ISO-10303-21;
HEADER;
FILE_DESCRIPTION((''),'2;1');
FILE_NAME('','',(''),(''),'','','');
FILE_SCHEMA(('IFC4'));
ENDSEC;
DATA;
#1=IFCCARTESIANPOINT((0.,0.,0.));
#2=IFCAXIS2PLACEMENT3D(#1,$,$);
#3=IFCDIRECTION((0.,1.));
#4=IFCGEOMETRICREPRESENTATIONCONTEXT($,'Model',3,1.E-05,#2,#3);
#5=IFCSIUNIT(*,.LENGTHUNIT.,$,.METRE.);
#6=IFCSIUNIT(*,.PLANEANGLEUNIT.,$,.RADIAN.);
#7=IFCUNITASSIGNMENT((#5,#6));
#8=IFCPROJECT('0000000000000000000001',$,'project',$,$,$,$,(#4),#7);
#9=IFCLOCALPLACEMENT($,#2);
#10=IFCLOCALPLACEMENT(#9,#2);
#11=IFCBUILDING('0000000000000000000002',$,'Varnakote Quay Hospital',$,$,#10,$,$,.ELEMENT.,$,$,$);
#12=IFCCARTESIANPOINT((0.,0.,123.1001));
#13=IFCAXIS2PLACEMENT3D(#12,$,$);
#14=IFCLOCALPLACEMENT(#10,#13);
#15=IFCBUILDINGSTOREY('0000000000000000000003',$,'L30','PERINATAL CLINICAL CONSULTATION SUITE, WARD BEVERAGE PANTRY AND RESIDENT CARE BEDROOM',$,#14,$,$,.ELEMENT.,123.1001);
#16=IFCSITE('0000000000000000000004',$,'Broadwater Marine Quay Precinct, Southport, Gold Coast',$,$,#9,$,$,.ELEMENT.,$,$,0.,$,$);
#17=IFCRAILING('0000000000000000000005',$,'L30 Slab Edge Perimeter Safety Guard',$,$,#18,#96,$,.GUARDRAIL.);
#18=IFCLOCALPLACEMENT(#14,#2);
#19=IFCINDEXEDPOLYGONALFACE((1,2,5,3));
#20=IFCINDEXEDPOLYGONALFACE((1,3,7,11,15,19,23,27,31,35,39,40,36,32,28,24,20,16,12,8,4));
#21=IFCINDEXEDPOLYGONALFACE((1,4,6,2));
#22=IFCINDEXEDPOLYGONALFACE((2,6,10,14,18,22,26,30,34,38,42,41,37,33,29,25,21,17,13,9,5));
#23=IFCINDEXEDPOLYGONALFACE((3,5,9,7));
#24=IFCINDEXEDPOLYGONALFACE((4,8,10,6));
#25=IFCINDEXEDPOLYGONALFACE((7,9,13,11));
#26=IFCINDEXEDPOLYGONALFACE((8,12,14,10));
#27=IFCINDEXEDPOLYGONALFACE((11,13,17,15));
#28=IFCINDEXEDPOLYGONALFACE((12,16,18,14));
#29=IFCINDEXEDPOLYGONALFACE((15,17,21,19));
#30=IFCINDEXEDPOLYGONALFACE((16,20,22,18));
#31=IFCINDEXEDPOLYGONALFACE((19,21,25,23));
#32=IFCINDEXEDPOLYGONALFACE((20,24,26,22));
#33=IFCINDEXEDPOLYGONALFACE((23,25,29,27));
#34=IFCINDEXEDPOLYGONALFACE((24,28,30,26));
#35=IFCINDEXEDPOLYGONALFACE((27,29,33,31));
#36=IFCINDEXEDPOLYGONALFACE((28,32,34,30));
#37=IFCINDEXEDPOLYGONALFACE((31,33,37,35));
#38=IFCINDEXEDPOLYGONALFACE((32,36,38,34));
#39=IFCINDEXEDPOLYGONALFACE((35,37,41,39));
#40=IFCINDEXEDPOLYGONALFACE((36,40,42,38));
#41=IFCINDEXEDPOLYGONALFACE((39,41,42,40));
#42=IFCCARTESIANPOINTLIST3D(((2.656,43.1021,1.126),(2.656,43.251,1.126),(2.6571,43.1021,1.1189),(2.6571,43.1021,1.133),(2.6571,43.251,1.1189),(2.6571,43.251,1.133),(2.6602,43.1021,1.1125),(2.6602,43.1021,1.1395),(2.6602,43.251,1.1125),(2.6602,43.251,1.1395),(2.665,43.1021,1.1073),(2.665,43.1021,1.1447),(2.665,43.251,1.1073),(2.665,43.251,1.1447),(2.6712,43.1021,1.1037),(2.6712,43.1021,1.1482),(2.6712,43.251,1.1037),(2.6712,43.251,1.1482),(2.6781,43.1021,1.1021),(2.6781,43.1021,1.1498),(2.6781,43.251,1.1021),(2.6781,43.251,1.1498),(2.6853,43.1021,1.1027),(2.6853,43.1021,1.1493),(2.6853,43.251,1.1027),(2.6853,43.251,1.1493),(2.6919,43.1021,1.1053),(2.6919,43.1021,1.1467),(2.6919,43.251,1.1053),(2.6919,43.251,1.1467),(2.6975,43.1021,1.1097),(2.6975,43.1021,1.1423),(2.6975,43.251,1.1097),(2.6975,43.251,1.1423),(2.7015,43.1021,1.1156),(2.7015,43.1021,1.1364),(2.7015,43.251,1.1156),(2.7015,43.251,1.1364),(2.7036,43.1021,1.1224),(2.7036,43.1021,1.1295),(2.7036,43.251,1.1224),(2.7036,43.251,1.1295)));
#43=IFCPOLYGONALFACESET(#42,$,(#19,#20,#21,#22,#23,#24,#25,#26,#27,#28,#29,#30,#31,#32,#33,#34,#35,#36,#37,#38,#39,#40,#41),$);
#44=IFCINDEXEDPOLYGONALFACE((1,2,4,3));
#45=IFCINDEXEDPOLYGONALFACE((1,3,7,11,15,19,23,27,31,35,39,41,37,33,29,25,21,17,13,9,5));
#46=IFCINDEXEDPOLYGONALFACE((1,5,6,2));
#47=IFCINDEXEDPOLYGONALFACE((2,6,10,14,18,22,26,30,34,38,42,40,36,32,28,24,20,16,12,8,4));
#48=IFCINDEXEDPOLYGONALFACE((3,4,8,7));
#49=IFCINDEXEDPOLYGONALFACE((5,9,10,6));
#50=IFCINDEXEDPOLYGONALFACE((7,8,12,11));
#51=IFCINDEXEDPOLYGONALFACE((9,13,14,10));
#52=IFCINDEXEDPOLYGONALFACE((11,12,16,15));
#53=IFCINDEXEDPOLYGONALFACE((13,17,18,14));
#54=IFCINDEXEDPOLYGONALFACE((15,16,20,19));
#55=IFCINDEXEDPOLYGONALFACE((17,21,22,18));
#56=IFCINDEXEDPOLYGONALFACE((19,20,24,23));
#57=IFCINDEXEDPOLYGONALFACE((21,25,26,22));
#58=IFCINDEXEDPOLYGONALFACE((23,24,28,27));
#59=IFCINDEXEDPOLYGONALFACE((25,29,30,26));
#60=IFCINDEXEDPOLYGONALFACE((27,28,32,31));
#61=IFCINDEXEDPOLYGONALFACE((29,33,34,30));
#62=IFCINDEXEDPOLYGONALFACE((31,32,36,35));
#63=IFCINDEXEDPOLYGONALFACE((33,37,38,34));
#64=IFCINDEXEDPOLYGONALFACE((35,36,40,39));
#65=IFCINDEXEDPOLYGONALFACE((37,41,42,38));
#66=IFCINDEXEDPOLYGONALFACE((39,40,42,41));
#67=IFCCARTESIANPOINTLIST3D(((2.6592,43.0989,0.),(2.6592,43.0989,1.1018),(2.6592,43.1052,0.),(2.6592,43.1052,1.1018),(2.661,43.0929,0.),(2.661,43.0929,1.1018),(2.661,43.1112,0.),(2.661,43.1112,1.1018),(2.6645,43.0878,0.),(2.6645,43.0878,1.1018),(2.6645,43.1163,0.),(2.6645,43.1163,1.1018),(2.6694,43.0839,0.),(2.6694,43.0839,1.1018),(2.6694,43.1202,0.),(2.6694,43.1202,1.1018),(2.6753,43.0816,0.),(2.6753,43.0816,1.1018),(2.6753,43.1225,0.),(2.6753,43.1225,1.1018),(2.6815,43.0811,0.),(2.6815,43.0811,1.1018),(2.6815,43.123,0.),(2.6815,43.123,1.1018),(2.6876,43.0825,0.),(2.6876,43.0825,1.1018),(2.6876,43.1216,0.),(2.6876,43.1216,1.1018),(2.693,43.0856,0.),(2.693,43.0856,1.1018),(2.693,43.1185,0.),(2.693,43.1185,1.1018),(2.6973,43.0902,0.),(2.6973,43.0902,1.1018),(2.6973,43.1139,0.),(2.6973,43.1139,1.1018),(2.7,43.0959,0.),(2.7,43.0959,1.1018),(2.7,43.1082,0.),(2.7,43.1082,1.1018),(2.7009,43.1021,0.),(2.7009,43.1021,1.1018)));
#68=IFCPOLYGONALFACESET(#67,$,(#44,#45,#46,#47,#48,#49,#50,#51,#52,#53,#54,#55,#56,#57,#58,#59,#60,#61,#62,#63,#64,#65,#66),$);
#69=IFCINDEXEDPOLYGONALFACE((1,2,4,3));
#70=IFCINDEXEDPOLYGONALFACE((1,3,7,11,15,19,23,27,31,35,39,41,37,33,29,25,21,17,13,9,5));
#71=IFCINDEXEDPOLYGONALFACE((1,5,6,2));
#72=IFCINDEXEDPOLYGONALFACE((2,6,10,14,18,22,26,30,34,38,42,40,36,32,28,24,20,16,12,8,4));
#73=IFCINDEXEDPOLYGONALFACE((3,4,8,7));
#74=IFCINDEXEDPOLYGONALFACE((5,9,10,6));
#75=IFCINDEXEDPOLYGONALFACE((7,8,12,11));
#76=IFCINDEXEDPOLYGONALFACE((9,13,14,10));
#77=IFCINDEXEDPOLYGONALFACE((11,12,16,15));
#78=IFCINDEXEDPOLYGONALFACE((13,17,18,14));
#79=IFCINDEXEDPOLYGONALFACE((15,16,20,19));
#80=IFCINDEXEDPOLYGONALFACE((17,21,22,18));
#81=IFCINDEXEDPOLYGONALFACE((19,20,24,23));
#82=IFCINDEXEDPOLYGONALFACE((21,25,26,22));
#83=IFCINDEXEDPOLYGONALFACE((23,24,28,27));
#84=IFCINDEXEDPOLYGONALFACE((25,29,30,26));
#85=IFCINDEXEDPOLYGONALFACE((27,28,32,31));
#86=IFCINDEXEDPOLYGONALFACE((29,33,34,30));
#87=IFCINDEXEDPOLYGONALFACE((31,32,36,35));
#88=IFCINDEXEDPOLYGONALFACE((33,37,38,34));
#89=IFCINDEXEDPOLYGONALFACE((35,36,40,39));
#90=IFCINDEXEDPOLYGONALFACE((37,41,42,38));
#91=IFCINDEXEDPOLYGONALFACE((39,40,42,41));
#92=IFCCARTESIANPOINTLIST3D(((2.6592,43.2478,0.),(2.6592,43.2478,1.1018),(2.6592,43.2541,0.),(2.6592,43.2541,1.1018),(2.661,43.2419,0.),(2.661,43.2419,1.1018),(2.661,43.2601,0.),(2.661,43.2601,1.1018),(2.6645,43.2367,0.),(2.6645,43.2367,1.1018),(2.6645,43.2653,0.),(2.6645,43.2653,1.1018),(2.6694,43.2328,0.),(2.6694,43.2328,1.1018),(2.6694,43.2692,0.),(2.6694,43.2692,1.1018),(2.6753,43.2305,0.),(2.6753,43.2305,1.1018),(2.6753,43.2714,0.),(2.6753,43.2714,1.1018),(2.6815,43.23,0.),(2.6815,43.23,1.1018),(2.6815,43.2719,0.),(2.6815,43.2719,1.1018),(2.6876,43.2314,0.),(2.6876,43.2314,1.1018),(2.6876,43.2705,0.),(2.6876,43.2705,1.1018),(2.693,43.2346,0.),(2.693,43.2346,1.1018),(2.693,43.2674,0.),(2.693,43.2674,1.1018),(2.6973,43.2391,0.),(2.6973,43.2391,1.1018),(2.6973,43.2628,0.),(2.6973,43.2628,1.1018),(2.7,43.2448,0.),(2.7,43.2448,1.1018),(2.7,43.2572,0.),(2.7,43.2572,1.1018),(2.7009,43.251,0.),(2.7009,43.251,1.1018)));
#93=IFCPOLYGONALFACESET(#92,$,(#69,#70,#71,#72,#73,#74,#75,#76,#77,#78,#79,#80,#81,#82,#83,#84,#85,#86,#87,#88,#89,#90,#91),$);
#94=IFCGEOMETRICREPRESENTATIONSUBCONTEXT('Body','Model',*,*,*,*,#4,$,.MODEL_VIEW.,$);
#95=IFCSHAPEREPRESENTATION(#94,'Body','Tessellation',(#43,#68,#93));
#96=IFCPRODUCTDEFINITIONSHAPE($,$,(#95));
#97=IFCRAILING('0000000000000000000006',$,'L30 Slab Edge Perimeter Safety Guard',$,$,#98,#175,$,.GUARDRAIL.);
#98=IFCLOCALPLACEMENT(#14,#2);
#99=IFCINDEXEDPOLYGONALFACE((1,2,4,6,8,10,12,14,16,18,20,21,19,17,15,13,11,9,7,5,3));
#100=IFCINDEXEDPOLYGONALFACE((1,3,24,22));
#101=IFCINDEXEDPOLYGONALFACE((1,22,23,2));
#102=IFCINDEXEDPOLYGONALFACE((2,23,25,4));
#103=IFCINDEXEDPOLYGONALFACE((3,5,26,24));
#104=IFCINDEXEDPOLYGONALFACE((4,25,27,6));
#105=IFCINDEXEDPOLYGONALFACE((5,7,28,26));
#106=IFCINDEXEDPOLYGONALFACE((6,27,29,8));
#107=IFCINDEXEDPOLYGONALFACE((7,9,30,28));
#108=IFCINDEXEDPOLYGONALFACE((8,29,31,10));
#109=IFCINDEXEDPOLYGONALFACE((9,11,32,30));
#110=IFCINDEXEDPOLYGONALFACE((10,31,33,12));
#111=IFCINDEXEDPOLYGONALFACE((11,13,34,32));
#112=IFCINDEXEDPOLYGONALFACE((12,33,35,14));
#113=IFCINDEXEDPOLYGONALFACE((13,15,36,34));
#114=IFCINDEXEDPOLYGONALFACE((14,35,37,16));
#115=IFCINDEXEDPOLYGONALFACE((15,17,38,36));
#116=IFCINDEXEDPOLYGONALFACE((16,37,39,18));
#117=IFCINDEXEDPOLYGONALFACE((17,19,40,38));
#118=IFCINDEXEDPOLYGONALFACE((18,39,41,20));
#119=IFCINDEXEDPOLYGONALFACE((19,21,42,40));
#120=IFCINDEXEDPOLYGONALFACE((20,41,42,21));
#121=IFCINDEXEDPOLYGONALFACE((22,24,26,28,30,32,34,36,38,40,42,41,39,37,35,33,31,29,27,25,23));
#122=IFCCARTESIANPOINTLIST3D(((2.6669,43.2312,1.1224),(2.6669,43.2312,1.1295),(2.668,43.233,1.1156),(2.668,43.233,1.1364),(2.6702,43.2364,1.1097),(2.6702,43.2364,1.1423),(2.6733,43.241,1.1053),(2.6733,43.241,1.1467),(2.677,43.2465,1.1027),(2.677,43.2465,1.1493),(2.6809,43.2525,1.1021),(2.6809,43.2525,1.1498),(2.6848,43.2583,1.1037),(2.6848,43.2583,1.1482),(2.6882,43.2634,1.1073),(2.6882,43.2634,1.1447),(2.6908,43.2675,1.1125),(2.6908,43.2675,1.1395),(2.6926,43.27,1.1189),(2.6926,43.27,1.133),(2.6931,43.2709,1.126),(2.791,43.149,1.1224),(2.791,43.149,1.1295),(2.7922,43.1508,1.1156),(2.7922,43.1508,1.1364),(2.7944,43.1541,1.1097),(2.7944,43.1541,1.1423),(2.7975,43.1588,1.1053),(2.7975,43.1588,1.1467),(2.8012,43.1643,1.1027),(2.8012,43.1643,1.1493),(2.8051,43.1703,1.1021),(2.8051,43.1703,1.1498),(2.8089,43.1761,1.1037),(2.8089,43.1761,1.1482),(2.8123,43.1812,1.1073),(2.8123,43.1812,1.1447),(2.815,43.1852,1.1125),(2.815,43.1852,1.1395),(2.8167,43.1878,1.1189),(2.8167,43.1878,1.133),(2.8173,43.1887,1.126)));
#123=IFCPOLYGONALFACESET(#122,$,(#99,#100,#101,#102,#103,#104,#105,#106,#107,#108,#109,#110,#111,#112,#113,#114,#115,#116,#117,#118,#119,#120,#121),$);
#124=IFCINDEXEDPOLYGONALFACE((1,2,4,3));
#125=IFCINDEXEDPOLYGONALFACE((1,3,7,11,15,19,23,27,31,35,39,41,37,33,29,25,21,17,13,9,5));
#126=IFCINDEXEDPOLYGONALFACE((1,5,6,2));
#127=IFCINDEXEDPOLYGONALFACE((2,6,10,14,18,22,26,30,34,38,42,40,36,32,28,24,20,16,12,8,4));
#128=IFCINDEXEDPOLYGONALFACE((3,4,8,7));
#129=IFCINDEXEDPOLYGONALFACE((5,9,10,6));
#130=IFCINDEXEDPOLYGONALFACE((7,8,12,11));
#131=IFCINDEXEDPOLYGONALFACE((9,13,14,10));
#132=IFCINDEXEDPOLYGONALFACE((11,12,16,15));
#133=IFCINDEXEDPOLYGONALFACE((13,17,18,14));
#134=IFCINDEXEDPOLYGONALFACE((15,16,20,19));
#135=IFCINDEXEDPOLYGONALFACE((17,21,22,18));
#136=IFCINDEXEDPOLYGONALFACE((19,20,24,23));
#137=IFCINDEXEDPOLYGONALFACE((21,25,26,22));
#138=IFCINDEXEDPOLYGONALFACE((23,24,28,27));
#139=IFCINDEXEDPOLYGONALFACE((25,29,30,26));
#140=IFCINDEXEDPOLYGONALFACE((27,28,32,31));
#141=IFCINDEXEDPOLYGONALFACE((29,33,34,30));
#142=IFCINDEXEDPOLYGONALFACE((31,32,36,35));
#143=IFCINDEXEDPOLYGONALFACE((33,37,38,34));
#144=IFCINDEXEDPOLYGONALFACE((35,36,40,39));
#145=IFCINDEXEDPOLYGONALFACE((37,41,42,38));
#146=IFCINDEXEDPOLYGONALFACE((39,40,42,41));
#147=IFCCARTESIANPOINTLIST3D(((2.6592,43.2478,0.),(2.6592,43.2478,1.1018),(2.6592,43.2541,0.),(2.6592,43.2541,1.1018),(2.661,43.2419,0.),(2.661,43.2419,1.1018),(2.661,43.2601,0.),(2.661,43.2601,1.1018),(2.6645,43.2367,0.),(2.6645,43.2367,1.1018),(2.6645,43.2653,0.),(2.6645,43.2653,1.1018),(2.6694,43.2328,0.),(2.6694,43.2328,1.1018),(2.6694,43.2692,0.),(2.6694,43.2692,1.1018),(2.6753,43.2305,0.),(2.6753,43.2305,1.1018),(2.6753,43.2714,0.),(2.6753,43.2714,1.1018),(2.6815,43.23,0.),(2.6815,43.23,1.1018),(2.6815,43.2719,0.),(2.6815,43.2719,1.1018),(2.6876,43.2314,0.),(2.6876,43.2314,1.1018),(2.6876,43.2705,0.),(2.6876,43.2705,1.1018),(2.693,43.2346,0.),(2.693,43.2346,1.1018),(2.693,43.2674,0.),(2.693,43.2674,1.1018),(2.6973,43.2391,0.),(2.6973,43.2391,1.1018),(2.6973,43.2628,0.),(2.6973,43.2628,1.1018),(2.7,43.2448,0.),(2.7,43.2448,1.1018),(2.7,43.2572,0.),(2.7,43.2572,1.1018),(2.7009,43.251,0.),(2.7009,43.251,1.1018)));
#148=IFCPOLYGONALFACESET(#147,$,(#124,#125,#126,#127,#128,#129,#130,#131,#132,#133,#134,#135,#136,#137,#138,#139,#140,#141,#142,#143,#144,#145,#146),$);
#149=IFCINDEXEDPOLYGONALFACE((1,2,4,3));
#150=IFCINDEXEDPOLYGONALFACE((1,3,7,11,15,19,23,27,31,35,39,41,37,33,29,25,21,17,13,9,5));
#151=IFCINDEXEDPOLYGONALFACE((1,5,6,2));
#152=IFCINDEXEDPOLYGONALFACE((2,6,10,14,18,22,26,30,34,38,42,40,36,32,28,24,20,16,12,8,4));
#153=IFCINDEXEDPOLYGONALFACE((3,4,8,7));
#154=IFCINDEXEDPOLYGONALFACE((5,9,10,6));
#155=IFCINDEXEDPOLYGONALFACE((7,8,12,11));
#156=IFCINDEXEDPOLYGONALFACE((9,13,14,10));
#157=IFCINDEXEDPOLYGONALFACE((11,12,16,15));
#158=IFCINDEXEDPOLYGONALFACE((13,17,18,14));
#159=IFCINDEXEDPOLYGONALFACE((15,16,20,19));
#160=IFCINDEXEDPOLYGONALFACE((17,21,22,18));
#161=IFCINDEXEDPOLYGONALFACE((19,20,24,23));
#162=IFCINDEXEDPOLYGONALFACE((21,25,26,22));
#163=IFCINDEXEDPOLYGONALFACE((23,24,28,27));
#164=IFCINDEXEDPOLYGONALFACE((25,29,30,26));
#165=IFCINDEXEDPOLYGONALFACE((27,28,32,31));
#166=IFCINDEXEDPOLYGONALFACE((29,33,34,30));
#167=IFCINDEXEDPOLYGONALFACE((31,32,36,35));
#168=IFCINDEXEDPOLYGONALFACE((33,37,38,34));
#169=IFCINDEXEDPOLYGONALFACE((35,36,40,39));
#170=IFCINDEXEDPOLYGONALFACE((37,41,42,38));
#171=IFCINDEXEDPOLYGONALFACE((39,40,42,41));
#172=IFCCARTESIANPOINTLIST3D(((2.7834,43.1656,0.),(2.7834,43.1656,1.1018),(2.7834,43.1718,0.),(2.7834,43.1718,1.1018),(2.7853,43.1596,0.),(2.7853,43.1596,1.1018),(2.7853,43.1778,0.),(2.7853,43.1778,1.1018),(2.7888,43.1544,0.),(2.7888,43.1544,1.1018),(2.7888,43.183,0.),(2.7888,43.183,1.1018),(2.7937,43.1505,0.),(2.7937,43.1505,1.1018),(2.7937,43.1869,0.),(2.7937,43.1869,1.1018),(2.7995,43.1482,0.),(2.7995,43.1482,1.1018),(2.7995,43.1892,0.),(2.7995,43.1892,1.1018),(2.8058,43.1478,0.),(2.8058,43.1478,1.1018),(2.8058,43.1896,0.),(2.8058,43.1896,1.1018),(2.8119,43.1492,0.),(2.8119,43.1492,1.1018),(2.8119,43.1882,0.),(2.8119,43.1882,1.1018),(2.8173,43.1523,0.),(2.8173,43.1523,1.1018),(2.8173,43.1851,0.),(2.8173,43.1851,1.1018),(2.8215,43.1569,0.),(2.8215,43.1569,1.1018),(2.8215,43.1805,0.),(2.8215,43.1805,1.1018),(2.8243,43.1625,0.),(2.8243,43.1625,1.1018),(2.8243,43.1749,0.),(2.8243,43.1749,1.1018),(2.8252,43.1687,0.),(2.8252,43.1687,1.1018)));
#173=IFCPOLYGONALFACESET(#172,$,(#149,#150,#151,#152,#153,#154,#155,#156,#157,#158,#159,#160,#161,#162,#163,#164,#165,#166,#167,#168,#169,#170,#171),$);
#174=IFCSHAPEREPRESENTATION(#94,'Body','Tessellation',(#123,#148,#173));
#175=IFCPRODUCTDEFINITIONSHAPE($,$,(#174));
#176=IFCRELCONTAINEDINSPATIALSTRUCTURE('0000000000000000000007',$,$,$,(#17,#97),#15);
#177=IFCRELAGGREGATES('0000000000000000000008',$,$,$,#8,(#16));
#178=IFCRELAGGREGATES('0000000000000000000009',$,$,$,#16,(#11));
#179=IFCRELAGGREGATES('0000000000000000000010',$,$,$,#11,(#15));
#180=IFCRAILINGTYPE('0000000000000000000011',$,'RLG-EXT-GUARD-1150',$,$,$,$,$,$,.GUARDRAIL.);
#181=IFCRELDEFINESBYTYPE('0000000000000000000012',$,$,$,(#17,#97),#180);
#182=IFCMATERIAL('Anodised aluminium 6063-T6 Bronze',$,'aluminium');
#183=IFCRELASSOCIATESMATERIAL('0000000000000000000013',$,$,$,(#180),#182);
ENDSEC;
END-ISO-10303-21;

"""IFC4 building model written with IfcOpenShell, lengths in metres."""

from ifc_helpers import new_model, si_unit, direction, frame, origin, origin_2d, place, context, subcontext, project, spatial, circle, extrude, material, type_object, element, save


model = new_model("IFC4")

# Units and contexts
model_context = context("Model", 3, precision=1e-05, world=origin(), true_north=direction((0.0, 1.0)))
body_context = subcontext(model_context, "Body", "Model", "MODEL_VIEW")
ifc_project = project(units=[si_unit("LENGTHUNIT", "METRE"), si_unit("PLANEANGLEUNIT", "RADIAN")], contexts=[model_context])

# Site, building, storey
site_placement = place(None, origin())
site = spatial("IfcSite", under=ifc_project, at=site_placement, Name="Broadwater Marine Quay Precinct, Southport, Gold Coast", CompositionType="ELEMENT", RefElevation=0.0)
building_placement = place(site_placement, origin())
building = spatial("IfcBuilding", under=site, at=building_placement, Name="Varnakote Quay Hospital", CompositionType="ELEMENT")
storey_placement = place(building_placement, frame((0.0, 0.0, 123.1001)))
storey = spatial("IfcBuildingStorey", under=building, at=storey_placement, Name="L30", Description="PERINATAL CLINICAL CONSULTATION SUITE, WARD BEVERAGE PANTRY AND RESIDENT CARE BEDROOM", CompositionType="ELEMENT", Elevation=123.1001)

# Railings
ifc_material_1 = material(Name="Anodised aluminium 6063-T6 Bronze", Category="aluminium")
railing_type = type_object("IfcRailingType", Name="RLG-EXT-GUARD-1150", PredefinedType="GUARDRAIL", material=ifc_material_1)
railing_1_placement = place(storey_placement, frame((2.6799, 43.1021, 0.0)))
element("IfcRailing", 1, at=railing_1_placement, inside=storey, type_object=railing_type, Name="L30 Slab Edge Perimeter Safety Guard", PredefinedType="GUARDRAIL", context=body_context, shape_type="SweptSolid", body=[
    extrude(circle(Radius=0.0239, at=origin_2d()), frame((0.0, 0.0, 1.126), z_axis=(0.0, 1.0, 0.0), x_axis=(-1.0, 0.0, 0.0)), (0.0, 0.0, 1.0), 0.1489),
    extrude(circle(Radius=0.021, at=origin_2d()), origin(), (0.0, 0.0, 1.0), 1.1018),
    extrude(circle(Radius=0.021, at=origin_2d()), frame((0.0, 0.1489, 0.0)), (0.0, 0.0, 1.0), 1.1018),
])
railing_2_placement = place(storey_placement, frame((2.6799, 43.251, 0.0)))
element("IfcRailing", 2, at=railing_2_placement, inside=storey, type_object=railing_type, Name="L30 Slab Edge Perimeter Safety Guard", PredefinedType="GUARDRAIL", context=body_context, shape_type="SweptSolid", body=[
    extrude(circle(Radius=0.0239, at=origin_2d()), frame((0.0, 0.0, 1.126), z_axis=(0.83381, -0.552051, 0.0), x_axis=(0.552051, 0.83381, 0.0)), (0.0, 0.0, 1.0), 0.1489),
    extrude(circle(Radius=0.021, at=origin_2d()), origin(), (0.0, 0.0, 1.0), 1.1018),
    extrude(circle(Radius=0.021, at=origin_2d()), frame((0.1243, -0.0823, 0.0)), (0.0, 0.0, 1.0), 1.1018),
])

save(model, "model.ifc")
